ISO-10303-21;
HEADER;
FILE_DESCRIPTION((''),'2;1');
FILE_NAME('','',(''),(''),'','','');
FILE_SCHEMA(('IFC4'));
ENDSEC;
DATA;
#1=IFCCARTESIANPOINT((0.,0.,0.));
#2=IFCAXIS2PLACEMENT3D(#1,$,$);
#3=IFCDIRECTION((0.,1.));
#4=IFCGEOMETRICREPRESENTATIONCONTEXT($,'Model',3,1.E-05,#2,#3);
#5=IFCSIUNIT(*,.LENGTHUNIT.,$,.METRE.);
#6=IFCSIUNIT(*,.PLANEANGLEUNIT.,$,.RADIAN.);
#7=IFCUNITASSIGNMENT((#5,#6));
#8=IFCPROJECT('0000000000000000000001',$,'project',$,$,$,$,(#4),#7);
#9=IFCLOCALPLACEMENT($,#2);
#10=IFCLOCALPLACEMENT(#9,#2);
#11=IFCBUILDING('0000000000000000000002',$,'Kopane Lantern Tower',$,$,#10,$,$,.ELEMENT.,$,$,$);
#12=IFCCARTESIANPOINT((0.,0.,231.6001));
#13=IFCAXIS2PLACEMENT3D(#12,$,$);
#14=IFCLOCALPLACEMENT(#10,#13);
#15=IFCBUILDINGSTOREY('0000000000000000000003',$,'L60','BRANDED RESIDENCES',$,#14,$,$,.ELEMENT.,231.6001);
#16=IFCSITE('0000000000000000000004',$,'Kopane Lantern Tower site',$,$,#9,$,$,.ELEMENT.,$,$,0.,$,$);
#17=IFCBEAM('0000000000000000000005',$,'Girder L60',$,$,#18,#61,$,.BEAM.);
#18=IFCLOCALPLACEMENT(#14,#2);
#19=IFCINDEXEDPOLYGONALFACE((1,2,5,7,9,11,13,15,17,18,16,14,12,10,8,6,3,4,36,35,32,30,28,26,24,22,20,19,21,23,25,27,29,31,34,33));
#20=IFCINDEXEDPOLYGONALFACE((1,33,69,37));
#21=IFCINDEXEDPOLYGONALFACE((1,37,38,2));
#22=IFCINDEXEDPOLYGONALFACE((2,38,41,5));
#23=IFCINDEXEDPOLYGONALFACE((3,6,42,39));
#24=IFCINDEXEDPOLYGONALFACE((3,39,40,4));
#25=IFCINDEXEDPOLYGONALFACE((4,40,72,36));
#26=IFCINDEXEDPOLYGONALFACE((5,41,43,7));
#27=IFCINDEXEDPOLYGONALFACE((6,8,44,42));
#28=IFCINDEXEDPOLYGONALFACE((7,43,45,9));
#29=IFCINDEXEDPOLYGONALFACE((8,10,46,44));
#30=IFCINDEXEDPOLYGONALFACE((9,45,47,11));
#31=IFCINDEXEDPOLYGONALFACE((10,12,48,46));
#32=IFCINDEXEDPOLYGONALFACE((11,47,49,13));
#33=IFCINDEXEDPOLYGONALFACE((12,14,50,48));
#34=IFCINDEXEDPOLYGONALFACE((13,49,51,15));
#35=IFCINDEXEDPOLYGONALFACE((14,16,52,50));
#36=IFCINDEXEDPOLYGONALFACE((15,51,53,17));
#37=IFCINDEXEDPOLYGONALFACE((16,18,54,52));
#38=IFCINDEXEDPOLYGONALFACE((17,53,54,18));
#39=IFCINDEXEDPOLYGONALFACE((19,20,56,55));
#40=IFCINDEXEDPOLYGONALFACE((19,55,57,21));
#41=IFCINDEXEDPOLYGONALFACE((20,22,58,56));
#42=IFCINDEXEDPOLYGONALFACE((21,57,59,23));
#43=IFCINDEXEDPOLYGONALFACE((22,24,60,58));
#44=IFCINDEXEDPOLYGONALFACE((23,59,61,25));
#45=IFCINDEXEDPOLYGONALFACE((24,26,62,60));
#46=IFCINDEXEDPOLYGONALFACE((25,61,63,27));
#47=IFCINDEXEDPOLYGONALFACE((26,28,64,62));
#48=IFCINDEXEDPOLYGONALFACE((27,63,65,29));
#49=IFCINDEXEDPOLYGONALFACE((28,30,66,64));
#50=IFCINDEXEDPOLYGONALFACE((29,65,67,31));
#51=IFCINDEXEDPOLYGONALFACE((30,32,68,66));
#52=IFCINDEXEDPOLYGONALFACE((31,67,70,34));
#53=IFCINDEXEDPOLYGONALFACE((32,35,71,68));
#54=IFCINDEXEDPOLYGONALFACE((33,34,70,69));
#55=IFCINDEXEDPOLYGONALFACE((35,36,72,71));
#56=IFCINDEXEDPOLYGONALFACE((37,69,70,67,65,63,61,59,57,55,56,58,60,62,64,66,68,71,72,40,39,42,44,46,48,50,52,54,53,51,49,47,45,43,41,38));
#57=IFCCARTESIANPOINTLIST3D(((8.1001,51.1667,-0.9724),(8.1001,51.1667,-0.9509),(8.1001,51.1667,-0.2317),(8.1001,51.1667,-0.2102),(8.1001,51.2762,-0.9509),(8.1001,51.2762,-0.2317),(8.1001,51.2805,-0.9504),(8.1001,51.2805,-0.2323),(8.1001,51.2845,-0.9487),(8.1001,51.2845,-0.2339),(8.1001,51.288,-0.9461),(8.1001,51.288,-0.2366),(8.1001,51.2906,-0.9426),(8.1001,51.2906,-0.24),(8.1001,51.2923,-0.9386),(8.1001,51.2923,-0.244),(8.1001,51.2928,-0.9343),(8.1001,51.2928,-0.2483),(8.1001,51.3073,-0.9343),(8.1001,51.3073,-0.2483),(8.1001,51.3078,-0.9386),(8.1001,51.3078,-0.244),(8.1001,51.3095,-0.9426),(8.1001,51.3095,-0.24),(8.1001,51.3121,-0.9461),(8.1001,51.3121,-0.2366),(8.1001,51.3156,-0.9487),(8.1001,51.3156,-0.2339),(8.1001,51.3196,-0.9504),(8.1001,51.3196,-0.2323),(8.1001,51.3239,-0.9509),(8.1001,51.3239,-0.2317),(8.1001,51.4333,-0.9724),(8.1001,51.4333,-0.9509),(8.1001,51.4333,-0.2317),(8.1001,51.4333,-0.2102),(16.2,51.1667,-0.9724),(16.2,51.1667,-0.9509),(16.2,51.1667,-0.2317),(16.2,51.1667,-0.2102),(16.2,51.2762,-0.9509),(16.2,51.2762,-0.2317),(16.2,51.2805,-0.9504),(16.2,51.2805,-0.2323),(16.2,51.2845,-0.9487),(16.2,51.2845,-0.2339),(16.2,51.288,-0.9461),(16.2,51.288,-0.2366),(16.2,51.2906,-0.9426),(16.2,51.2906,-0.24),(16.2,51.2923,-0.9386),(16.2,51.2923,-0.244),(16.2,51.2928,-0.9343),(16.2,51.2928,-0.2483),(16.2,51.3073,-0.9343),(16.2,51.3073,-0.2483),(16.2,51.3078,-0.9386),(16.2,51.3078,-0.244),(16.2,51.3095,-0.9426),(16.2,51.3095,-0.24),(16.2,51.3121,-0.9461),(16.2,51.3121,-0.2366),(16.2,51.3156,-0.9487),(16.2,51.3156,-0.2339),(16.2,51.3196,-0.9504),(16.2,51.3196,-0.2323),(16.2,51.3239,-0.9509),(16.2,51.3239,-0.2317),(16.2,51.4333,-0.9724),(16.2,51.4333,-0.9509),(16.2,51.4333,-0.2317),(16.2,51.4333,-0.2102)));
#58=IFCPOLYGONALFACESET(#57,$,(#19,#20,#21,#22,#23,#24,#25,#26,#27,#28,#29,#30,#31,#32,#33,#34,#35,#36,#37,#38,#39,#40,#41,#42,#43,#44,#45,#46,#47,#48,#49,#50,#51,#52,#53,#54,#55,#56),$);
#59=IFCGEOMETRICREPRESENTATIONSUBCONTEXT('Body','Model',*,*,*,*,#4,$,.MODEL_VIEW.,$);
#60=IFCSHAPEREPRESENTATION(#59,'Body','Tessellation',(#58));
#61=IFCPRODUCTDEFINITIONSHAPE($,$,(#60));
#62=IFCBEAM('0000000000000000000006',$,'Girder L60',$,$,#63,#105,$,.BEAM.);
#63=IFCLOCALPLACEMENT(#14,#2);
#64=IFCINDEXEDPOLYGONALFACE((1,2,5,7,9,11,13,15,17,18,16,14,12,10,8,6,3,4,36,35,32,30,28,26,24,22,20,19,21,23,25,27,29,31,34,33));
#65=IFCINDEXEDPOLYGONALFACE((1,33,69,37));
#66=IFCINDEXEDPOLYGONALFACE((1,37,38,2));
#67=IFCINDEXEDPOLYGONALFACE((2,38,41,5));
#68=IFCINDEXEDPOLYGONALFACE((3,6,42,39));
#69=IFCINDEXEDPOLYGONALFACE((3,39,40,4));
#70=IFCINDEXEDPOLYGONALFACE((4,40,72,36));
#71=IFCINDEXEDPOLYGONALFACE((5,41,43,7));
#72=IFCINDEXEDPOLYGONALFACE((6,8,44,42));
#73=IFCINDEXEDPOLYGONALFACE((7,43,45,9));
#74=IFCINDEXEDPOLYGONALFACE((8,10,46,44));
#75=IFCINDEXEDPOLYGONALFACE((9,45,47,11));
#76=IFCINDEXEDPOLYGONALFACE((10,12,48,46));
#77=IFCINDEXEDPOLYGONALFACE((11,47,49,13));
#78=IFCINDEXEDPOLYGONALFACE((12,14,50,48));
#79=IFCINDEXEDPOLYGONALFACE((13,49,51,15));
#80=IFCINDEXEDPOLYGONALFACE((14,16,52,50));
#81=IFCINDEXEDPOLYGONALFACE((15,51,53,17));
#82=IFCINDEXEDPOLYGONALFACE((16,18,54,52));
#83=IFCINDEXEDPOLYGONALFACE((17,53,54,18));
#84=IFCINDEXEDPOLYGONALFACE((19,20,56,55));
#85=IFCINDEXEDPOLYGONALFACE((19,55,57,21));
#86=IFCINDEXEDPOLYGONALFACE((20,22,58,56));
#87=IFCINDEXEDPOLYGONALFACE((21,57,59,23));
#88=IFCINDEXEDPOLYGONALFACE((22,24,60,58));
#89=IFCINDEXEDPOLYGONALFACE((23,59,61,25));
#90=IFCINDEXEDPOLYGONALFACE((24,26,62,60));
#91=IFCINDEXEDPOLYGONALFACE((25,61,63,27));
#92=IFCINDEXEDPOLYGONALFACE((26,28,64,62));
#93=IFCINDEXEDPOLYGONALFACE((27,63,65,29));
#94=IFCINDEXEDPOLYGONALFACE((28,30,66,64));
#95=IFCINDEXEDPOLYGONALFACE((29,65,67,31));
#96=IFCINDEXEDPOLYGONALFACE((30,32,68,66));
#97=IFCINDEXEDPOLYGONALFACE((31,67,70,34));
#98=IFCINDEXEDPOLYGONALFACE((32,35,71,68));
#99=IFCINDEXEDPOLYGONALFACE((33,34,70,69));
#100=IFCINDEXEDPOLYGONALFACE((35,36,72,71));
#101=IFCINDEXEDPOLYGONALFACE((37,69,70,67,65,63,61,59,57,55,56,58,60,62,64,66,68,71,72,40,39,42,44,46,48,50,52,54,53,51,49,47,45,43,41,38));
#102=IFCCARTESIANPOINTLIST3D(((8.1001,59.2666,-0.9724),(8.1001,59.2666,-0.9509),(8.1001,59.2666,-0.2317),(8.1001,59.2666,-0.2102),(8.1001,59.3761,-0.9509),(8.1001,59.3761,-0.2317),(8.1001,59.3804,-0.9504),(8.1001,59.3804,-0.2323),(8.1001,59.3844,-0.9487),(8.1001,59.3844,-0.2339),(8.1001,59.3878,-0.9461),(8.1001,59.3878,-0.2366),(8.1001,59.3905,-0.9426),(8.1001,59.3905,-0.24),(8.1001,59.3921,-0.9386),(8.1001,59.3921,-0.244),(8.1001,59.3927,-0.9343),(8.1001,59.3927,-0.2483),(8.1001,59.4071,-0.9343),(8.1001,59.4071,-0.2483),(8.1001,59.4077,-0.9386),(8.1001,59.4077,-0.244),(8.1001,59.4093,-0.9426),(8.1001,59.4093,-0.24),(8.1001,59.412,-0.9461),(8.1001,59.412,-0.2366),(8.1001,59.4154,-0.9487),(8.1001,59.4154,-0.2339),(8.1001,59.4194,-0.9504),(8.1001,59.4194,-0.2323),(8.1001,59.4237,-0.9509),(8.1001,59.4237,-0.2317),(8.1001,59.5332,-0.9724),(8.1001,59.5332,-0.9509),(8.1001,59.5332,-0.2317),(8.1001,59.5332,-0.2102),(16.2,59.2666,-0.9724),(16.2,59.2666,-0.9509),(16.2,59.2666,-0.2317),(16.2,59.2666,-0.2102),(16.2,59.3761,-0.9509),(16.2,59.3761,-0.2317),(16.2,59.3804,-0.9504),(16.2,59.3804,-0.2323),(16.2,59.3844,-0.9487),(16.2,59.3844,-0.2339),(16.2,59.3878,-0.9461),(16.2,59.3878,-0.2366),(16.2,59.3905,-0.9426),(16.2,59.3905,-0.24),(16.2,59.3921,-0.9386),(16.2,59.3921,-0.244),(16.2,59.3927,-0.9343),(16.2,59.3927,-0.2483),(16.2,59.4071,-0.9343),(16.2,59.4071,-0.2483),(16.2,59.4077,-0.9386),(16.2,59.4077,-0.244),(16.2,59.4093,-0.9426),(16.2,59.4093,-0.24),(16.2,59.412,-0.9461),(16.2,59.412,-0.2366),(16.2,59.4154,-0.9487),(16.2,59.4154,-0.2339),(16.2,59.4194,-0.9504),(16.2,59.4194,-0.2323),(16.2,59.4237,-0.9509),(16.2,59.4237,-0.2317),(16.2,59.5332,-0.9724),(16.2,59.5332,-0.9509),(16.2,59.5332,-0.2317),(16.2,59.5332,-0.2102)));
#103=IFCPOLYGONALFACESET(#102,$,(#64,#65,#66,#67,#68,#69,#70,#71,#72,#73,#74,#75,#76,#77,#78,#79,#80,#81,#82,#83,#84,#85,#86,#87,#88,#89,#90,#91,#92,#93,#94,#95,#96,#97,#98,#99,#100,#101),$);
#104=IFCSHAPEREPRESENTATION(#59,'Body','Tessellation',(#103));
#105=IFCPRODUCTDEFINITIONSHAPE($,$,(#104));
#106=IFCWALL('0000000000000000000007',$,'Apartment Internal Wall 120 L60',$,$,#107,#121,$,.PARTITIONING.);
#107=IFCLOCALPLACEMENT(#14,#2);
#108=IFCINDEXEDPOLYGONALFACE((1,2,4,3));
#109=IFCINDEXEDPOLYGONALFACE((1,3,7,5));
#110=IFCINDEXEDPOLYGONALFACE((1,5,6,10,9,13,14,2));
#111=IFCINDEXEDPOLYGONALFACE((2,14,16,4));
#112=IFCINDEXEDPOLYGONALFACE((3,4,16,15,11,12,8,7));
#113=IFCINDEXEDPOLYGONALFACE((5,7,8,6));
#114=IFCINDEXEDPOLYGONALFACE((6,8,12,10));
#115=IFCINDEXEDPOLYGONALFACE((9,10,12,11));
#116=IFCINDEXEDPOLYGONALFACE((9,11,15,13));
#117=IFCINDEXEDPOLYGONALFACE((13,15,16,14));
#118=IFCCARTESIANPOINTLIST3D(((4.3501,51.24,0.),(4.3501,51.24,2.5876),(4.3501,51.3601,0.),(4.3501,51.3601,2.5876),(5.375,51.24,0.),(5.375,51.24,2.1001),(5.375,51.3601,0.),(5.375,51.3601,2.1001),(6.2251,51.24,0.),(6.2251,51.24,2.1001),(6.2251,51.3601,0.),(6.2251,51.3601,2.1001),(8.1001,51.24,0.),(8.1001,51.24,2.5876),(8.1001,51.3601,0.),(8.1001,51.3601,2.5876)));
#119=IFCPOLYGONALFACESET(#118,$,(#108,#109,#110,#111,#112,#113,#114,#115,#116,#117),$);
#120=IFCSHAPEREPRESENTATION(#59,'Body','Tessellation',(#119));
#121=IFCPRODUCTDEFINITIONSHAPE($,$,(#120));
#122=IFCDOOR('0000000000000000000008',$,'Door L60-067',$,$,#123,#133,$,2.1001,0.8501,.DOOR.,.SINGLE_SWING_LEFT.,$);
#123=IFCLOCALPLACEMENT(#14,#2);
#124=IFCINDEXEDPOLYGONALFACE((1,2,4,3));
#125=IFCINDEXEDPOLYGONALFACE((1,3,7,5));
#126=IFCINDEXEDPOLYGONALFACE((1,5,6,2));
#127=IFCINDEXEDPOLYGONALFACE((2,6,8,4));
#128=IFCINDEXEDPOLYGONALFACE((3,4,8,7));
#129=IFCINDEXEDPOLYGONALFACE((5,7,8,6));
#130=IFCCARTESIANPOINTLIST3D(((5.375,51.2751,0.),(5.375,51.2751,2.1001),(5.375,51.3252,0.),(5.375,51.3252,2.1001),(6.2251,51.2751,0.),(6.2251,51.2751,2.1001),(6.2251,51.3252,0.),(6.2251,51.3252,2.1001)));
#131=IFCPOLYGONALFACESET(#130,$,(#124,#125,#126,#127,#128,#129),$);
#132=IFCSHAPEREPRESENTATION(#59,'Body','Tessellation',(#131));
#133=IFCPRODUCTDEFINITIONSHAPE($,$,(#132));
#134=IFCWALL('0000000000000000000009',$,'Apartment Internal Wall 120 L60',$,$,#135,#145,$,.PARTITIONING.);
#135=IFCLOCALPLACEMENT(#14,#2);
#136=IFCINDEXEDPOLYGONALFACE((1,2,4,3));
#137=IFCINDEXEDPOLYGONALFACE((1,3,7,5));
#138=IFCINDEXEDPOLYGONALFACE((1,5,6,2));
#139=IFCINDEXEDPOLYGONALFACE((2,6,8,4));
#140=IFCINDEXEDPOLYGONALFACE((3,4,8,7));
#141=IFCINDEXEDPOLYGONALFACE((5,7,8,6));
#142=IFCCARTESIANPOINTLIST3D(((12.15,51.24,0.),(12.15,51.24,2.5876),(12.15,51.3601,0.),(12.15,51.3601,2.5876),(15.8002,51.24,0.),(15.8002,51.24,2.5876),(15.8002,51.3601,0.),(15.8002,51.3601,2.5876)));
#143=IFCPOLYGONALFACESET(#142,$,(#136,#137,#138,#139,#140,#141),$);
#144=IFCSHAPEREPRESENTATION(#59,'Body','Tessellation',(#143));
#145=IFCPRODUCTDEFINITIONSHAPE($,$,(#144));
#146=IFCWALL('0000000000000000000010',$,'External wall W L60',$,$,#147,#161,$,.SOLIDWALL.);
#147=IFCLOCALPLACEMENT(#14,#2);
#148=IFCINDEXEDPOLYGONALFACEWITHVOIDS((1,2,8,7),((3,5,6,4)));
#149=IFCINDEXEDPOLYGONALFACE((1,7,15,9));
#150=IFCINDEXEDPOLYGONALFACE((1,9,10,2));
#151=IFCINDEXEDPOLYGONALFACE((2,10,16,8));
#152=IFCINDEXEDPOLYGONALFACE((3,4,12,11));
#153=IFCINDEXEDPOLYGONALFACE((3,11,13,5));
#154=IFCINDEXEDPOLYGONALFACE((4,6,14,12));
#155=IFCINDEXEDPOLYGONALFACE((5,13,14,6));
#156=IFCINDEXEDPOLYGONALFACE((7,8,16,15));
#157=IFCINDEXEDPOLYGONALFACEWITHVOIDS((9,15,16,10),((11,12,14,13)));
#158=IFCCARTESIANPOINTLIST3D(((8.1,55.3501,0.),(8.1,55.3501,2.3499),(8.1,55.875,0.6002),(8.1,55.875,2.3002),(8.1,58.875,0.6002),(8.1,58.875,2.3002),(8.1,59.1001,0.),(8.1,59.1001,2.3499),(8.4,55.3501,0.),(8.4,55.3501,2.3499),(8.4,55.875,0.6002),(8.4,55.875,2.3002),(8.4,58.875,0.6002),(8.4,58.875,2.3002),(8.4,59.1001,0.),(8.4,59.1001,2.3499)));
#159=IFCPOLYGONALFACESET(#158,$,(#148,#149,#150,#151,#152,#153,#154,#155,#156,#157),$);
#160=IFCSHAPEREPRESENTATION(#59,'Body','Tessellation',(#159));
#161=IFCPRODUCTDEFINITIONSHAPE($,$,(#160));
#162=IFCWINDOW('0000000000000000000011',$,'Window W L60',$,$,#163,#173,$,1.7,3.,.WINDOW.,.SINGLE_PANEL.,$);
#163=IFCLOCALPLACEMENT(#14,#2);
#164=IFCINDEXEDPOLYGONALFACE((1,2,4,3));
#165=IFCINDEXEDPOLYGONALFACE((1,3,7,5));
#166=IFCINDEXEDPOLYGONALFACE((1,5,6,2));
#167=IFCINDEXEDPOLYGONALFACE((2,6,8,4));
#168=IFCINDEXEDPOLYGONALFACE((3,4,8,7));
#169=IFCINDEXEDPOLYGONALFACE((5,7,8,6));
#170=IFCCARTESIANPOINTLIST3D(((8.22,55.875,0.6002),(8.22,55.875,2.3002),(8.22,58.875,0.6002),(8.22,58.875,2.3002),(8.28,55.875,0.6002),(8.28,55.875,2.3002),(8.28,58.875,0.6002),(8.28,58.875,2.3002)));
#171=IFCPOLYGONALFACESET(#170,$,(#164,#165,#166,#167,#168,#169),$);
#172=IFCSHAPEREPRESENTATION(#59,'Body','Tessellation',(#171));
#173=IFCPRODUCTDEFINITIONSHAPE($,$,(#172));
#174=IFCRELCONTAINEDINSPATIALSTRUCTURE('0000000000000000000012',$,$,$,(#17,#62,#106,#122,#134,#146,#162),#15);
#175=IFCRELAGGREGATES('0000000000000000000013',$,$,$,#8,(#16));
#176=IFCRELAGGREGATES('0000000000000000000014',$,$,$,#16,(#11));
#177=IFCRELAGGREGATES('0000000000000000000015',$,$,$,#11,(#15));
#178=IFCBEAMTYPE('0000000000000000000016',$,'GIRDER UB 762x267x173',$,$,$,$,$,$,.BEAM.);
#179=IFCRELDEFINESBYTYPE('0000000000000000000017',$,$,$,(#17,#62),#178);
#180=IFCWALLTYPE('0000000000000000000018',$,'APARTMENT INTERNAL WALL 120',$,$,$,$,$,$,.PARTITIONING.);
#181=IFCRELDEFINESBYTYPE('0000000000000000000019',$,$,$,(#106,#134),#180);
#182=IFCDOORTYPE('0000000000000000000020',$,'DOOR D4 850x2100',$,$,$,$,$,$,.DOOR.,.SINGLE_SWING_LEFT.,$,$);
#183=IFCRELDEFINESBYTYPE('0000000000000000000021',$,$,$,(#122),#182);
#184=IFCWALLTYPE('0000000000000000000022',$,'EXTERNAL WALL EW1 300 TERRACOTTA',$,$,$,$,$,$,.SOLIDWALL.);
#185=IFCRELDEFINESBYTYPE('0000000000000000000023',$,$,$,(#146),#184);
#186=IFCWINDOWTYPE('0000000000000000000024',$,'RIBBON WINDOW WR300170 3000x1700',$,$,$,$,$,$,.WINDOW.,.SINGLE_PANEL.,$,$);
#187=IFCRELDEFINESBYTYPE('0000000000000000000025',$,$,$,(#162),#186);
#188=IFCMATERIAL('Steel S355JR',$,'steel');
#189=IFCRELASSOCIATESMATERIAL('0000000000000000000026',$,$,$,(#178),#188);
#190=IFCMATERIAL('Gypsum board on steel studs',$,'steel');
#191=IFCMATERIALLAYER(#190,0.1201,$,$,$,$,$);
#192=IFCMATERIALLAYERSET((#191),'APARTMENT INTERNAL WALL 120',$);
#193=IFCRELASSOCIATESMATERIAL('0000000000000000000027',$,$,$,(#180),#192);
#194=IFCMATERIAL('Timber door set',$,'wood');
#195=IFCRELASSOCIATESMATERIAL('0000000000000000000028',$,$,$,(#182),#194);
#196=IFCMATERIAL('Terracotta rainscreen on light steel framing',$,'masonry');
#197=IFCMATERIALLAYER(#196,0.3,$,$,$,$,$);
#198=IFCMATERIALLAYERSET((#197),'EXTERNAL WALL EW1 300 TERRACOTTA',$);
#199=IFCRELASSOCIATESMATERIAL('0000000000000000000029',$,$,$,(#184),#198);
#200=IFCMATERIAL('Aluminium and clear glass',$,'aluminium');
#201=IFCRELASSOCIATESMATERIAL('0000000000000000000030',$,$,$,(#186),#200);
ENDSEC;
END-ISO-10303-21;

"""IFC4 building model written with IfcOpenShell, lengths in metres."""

from ifc_helpers import new_model, si_unit, direction, frame, frame_2d, origin, origin_2d, place, context, subcontext, project, spatial, rectangle, i_section, extrude, material, layer, layer_set, material_profile, profile_set, type_object, element, fill, save


model = new_model("IFC4")

# Units and contexts
model_context = context("Model", 3, precision=1e-05, world=origin(), true_north=direction((0.0, 1.0)))
body_context = subcontext(model_context, "Body", "Model", "MODEL_VIEW")
ifc_project = project(units=[si_unit("LENGTHUNIT", "METRE"), si_unit("PLANEANGLEUNIT", "RADIAN")], contexts=[model_context])

# Site, building, storey
site_placement = place(None, origin())
site = spatial("IfcSite", under=ifc_project, at=site_placement, Name="Kopane Lantern Tower site", CompositionType="ELEMENT", RefElevation=0.0)
building_placement = place(site_placement, origin())
building = spatial("IfcBuilding", under=site, at=building_placement, Name="Kopane Lantern Tower", CompositionType="ELEMENT")
storey_placement = place(building_placement, frame((0.0, 0.0, 231.6001)))
storey = spatial("IfcBuildingStorey", under=building, at=storey_placement, Name="L60", Description="BRANDED RESIDENCES", CompositionType="ELEMENT", Elevation=231.6001)

# Beams
ifc_material_1 = material(Name="Steel S355JR", Category="steel")
ifc_material_profile_1 = material_profile(ifc_material_1, i_section(OverallWidth=0.2666, OverallDepth=0.7622, WebThickness=0.0144, FlangeThickness=0.0215, FilletRadius=0.0166, at=origin_2d()), Name="UB 762x267x173")
ifc_profile_set_1 = profile_set([ifc_material_profile_1], Name="Steel S355JR")
beam_type_1 = type_object("IfcBeamType", Name="GIRDER UB 762x267x173", PredefinedType="BEAM", material=ifc_profile_set_1)
for number, where, z_axis, x_axis, name in (
    (1, (8.1001, 51.3, -0.5913), (1.0, 0.0, 0.0), (0.0, 1.0, 0.0), "Girder L60"),
    (2, (8.1001, 59.3999, -0.5913), (1.0, 0.0, 0.0), (0.0, 1.0, 0.0), "Girder L60"),
):
    element("IfcBeam", number, at=place(storey_placement, frame(where, z_axis=z_axis, x_axis=x_axis)), inside=storey, type_object=beam_type_1, Name=name, PredefinedType="BEAM", context=body_context, shape_type="SweptSolid", body=[
        extrude(i_section(OverallWidth=0.2666, OverallDepth=0.7622, WebThickness=0.0144, FlangeThickness=0.0215, FilletRadius=0.0166, at=origin_2d()), origin(), (0.0, 0.0, 1.0), 8.0999),
    ])

# Wall, opening, door
ifc_material_2 = material(Name="Gypsum board on steel studs", Category="steel")
ifc_layer_1 = layer(ifc_material_2, 0.1201)
ifc_layer_set_1 = layer_set([ifc_layer_1], Name="APARTMENT INTERNAL WALL 120")
wall_type_1 = type_object("IfcWallType", Name="APARTMENT INTERNAL WALL 120", PredefinedType="PARTITIONING", material=ifc_layer_set_1)
wall_1_placement = place(storey_placement, frame((8.1001, 51.3, 0.0), z_axis=(0.0, 0.0, 1.0), x_axis=(-1.0, 0.0, 0.0)))
wall_1 = element("IfcWall", 3, at=wall_1_placement, inside=storey, type_object=wall_type_1, Name="Apartment Internal Wall 120 L60", PredefinedType="PARTITIONING", context=body_context, shape_type="SweptSolid", body=[
    extrude(rectangle(XDim=3.75, YDim=0.1201, at=frame_2d((1.875, 0.0))), origin(), (0.0, 0.0, 1.0), 2.5876),
])
opening_1_placement = place(wall_1_placement, frame((1.875, 0.0, 0.0)))
opening_1 = element("IfcOpeningElement", 4, at=opening_1_placement, cuts=wall_1, PredefinedType="OPENING", context=body_context, shape_type="SweptSolid", body=[
    extrude(rectangle(XDim=0.8501, YDim=2.1001, at=frame_2d((0.425, 1.05))), frame((0.0, 0.0701, 0.0), z_axis=(0.0, -1.0, 0.0), x_axis=(1.0, 0.0, 0.0)), (0.0, 0.0, 1.0), 0.1401),
])
ifc_material_3 = material(Name="Timber door set", Category="wood")
door_type = type_object("IfcDoorType", Name="DOOR D4 850x2100", OperationType="SINGLE_SWING_LEFT", PredefinedType="DOOR", material=ifc_material_3)
door_placement = place(opening_1_placement, origin())
door = element("IfcDoor", 5, at=door_placement, inside=storey, type_object=door_type, Name="Door L60-067", OperationType="SINGLE_SWING_LEFT", OverallHeight=2.1001, OverallWidth=0.8501, PredefinedType="DOOR", context=body_context, shape_type="SweptSolid", body=[
    extrude(rectangle(XDim=0.8501, YDim=2.1001, at=frame_2d((0.425, 1.05))), frame((0.0, 0.0249, 0.0), z_axis=(0.0, -1.0, 0.0), x_axis=(1.0, 0.0, 0.0)), (0.0, 0.0, 1.0), 0.05),
])
fill(opening_1, door)

# Wall
wall_2_placement = place(storey_placement, frame((12.1499, 51.3, 0.0), z_axis=(0.0, 0.0, 1.0), x_axis=(1.0, 0.0, 0.0)))
element("IfcWall", 6, at=wall_2_placement, inside=storey, type_object=wall_type_1, Name="Apartment Internal Wall 120 L60", PredefinedType="PARTITIONING", context=body_context, shape_type="SweptSolid", body=[
    extrude(rectangle(XDim=3.6501, YDim=0.1201, at=frame_2d((1.8252, 0.0))), origin(), (0.0, 0.0, 1.0), 2.5876),
])

# Wall, opening, window
ifc_material_4 = material(Name="Terracotta rainscreen on light steel framing", Category="masonry")
ifc_layer_2 = layer(ifc_material_4, 0.3)
ifc_layer_set_2 = layer_set([ifc_layer_2], Name="EXTERNAL WALL EW1 300 TERRACOTTA")
wall_type_2 = type_object("IfcWallType", Name="EXTERNAL WALL EW1 300 TERRACOTTA", PredefinedType="SOLIDWALL", material=ifc_layer_set_2)
wall_3_placement = place(storey_placement, frame((8.25, 59.1001, 0.0), z_axis=(0.0, 0.0, 1.0), x_axis=(0.0, -1.0, 0.0)))
wall_3 = element("IfcWall", 7, at=wall_3_placement, inside=storey, type_object=wall_type_2, Name="External wall W L60", PredefinedType="SOLIDWALL", context=body_context, shape_type="SweptSolid", body=[
    extrude(rectangle(XDim=3.75, YDim=0.3, at=frame_2d((1.875, 0.0))), origin(), (0.0, 0.0, 1.0), 2.3499),
])
opening_2_placement = place(wall_3_placement, frame((0.2251, 0.0, 0.6001)))
opening_2 = element("IfcOpeningElement", 8, at=opening_2_placement, cuts=wall_3, PredefinedType="OPENING", context=body_context, shape_type="SweptSolid", body=[
    extrude(rectangle(XDim=3.0, YDim=1.7, at=frame_2d((1.5, 0.8501))), frame((0.0, 0.1599, 0.0), z_axis=(0.0, -1.0, 0.0), x_axis=(1.0, 0.0, 0.0)), (0.0, 0.0, 1.0), 0.3201),
])
ifc_material_5 = material(Name="Aluminium and clear glass", Category="aluminium")
window_type = type_object("IfcWindowType", Name="RIBBON WINDOW WR300170 3000x1700", PartitioningType="SINGLE_PANEL", PredefinedType="WINDOW", material=ifc_material_5)
window_1_placement = place(opening_2_placement, origin())
window_1 = element("IfcWindow", 9, at=window_1_placement, inside=storey, type_object=window_type, Name="Window W L60", OverallHeight=1.7, OverallWidth=3.0, PartitioningType="SINGLE_PANEL", PredefinedType="WINDOW", context=body_context, shape_type="SweptSolid", body=[
    extrude(rectangle(XDim=3.0, YDim=1.7, at=frame_2d((1.5, 0.8501))), frame((0.0, 0.03, 0.0), z_axis=(0.0, -1.0, 0.0), x_axis=(1.0, 0.0, 0.0)), (0.0, 0.0, 1.0), 0.0601),
])
fill(opening_2, window_1)

save(model, "model.ifc")
